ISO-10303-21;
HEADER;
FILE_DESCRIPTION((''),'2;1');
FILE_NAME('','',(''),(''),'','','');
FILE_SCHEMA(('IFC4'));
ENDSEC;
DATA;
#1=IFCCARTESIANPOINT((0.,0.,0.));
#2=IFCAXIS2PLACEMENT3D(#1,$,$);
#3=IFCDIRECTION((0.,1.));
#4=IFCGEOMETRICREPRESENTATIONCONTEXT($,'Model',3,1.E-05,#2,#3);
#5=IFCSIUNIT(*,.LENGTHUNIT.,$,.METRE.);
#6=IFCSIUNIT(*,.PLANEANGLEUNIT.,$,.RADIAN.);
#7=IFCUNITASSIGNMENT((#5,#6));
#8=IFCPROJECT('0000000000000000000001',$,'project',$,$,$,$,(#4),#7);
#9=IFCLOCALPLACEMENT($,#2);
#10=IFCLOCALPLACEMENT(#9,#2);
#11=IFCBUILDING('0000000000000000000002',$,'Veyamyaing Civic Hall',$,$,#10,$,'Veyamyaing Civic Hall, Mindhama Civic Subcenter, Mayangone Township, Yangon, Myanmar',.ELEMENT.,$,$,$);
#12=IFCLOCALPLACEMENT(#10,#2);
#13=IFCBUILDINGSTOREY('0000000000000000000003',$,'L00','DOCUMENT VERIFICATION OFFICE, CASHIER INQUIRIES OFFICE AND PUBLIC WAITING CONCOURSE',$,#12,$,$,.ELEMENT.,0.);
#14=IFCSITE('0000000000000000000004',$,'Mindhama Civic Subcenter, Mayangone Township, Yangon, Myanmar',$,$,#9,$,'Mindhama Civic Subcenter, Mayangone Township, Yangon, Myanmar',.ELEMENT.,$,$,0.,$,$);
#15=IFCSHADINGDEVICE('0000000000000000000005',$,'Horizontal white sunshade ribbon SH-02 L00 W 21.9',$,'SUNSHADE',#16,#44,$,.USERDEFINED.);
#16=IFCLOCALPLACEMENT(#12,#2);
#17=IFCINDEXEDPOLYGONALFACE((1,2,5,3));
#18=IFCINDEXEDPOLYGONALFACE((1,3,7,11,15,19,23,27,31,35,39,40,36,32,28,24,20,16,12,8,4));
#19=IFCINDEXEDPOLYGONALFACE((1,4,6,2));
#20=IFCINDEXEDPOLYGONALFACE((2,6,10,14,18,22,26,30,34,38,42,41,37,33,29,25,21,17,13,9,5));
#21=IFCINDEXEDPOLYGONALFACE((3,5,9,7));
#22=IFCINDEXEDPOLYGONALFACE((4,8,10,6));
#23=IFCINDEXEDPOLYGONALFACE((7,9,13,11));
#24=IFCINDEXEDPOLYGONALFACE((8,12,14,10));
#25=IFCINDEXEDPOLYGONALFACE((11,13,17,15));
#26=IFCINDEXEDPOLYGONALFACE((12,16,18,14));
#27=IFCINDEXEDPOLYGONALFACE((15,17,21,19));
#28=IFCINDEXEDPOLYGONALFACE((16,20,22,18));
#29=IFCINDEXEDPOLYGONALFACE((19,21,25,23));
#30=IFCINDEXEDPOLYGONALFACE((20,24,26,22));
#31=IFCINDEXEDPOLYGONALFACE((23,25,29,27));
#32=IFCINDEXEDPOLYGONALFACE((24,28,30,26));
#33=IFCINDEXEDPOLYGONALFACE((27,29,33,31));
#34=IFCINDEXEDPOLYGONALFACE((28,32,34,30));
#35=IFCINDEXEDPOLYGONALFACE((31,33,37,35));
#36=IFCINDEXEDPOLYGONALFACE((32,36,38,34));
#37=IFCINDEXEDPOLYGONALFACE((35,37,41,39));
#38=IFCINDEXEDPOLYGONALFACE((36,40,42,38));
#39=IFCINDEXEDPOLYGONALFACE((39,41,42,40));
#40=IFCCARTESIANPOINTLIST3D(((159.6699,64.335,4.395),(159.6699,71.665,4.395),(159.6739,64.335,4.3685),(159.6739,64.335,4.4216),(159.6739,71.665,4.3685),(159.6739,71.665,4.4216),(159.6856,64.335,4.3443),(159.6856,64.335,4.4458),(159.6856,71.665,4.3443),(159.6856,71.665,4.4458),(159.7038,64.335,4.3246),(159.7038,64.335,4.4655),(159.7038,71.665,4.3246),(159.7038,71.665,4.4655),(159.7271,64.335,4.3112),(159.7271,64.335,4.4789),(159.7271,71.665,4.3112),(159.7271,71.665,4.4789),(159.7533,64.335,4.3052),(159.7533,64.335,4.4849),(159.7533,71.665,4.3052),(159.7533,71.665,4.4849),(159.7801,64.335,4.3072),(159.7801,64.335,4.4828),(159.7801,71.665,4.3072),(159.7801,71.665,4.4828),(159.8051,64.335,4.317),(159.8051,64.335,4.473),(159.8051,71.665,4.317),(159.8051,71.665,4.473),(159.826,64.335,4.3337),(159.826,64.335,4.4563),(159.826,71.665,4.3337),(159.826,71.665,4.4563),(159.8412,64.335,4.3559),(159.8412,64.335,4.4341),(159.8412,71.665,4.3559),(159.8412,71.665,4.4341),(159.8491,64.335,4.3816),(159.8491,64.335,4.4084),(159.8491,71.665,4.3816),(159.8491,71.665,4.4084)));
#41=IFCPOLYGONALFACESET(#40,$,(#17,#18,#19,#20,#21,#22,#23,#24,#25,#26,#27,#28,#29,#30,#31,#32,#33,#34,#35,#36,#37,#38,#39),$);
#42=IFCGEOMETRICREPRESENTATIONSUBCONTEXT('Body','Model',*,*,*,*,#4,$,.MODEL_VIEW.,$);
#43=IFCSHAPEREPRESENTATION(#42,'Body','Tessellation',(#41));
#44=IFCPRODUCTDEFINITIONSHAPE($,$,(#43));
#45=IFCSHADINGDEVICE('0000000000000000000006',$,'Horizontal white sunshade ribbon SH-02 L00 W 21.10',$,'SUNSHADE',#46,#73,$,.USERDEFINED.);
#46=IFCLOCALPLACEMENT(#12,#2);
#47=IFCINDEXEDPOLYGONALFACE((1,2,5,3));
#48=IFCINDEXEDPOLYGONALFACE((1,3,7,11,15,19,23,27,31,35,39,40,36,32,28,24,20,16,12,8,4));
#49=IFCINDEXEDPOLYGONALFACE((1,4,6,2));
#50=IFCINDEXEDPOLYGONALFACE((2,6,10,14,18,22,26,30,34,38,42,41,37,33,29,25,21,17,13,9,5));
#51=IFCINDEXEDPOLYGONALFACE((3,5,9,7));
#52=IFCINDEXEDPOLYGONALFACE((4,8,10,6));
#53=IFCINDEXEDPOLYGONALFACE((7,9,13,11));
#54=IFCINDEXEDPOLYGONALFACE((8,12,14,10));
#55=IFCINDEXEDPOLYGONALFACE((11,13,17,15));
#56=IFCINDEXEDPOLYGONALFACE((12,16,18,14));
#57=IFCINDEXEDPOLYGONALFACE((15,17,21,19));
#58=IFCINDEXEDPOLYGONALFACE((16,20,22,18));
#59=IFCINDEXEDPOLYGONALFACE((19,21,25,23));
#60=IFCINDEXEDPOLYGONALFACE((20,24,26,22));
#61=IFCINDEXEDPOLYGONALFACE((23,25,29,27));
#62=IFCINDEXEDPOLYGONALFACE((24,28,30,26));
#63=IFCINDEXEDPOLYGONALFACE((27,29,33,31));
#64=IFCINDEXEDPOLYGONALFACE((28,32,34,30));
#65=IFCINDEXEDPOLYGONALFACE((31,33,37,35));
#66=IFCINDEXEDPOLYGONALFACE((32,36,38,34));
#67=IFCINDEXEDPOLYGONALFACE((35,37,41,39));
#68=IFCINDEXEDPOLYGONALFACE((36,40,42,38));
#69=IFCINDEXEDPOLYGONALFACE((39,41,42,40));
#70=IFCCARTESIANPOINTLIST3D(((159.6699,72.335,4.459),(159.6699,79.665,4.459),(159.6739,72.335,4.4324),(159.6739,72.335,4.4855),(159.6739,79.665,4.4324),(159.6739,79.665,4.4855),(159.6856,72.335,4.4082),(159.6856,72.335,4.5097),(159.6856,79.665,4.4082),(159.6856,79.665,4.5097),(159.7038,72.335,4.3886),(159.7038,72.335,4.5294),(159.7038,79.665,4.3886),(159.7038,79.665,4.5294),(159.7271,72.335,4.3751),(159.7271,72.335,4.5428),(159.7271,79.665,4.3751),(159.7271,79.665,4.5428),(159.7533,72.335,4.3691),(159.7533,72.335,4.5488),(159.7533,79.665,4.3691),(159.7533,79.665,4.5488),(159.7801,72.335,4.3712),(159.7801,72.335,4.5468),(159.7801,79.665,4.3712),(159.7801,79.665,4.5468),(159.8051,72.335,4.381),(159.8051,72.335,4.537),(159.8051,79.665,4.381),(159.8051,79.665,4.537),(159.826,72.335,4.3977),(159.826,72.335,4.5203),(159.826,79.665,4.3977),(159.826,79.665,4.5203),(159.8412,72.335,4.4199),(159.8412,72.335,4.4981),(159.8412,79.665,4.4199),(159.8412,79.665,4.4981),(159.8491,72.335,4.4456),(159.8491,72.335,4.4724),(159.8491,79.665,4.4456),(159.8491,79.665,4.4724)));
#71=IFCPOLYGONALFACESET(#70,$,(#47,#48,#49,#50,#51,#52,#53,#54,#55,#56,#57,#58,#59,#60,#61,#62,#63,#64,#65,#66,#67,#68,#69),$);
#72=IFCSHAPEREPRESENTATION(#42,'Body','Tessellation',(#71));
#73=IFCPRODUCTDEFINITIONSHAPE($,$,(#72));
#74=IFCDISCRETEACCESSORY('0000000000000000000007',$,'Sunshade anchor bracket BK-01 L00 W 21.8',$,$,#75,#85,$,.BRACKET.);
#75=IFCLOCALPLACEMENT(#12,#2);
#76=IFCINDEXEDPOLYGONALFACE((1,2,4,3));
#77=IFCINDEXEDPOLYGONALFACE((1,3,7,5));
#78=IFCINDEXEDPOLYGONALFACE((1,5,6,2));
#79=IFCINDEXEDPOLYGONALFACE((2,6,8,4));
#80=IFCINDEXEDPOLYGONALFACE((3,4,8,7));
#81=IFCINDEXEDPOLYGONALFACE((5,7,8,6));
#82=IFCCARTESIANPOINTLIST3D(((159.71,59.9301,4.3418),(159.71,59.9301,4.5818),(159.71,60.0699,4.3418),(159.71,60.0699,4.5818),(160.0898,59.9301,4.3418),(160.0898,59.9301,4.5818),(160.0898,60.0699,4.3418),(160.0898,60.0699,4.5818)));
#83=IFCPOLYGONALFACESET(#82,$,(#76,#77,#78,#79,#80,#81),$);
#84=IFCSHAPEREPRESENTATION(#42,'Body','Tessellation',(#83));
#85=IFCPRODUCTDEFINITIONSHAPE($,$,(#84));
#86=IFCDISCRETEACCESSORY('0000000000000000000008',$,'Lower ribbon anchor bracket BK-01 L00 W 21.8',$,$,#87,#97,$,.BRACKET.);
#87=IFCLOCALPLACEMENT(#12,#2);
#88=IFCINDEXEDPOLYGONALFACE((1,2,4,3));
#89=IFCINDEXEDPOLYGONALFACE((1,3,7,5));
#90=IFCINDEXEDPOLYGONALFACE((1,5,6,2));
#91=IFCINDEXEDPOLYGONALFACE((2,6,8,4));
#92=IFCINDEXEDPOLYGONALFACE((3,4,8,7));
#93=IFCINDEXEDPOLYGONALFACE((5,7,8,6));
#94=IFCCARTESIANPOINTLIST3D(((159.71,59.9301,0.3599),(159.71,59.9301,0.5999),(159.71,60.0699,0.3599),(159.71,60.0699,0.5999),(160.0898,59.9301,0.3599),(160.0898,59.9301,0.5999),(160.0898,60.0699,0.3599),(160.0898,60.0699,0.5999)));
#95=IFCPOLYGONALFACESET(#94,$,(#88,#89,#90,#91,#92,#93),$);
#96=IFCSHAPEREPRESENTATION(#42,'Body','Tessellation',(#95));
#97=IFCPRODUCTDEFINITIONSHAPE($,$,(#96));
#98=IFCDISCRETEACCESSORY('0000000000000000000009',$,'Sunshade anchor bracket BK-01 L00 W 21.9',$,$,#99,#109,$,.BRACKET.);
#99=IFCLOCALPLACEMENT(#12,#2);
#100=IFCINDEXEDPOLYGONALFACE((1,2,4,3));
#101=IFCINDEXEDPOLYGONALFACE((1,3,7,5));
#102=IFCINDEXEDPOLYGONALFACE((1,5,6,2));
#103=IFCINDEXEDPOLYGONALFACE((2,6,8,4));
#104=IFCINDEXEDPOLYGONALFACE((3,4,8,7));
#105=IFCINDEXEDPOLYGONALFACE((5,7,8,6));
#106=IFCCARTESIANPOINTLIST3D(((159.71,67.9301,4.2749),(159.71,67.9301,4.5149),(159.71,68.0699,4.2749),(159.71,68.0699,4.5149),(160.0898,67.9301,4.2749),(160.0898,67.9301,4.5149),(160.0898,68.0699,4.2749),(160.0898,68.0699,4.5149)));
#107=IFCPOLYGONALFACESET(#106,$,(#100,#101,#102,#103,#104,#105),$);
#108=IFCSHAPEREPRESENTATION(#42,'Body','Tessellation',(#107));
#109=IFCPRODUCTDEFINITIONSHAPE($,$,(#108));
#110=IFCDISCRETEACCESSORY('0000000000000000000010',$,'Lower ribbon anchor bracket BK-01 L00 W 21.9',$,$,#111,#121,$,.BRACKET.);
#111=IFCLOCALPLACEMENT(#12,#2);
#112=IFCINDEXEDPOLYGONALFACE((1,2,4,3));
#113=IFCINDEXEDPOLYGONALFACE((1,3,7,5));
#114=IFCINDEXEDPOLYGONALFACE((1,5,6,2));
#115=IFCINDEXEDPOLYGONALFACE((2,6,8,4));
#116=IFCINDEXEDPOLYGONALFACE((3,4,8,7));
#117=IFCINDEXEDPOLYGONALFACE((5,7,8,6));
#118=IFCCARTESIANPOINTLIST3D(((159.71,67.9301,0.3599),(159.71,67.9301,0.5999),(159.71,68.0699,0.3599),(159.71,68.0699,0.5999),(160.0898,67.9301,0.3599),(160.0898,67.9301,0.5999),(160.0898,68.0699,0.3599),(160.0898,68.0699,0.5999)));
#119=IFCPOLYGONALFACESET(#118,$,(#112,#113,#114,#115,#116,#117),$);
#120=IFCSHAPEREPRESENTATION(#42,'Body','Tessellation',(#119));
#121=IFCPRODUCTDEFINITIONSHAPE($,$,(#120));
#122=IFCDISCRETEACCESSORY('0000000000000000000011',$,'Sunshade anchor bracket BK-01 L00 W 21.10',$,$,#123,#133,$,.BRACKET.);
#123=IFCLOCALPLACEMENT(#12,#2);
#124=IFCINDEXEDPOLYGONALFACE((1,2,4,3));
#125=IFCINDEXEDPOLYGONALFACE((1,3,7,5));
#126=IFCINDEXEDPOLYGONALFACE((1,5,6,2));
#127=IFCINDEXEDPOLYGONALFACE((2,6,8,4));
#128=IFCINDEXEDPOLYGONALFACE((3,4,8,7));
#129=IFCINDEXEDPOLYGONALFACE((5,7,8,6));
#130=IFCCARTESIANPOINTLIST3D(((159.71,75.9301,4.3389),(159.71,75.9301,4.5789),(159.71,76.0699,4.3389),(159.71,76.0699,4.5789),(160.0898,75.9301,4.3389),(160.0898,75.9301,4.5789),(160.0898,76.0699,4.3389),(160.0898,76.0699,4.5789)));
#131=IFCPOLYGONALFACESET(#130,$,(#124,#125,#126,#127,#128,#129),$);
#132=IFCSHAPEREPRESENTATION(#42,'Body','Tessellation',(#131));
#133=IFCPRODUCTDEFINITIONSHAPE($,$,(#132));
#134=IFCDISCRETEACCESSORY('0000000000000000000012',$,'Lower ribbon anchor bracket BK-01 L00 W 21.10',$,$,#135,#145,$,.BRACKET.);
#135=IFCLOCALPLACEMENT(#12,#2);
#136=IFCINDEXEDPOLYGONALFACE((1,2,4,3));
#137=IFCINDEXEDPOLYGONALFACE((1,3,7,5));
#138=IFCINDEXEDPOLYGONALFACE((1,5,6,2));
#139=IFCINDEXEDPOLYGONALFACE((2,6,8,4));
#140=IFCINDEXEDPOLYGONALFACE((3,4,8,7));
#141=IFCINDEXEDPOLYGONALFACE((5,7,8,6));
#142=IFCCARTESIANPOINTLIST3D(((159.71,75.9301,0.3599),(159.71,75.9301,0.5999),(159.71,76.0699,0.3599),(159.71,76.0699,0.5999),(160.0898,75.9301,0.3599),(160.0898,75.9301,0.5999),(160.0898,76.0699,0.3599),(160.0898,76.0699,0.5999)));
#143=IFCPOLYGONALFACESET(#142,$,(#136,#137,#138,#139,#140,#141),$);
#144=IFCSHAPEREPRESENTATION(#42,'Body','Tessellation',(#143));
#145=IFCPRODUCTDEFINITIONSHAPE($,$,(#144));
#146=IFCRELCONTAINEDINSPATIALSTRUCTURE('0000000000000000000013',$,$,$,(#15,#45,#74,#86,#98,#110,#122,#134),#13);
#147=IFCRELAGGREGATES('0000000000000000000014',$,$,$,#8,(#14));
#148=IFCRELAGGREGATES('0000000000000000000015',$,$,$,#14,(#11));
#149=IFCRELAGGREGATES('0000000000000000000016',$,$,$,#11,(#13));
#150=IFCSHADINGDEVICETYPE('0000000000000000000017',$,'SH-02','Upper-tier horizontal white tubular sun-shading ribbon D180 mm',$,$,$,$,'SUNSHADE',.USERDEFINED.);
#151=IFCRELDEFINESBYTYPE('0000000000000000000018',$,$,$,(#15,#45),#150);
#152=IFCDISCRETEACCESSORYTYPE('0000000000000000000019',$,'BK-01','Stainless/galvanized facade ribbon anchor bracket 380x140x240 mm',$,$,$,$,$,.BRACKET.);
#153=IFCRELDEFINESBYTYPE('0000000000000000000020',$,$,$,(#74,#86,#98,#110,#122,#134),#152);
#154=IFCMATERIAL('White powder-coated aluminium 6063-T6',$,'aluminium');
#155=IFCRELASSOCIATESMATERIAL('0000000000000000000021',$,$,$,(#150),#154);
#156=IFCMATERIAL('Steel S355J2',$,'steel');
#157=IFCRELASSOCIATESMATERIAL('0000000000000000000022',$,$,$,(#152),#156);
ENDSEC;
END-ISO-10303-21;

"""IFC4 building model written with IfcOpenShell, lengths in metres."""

from ifc_helpers import new_model, si_unit, direction, frame, origin, origin_2d, place, context, subcontext, project, spatial, rectangle, circle, extrude, material, material_profile, profile_set, type_object, element, save


model = new_model("IFC4")

# Units and contexts
model_context = context("Model", 3, precision=1e-05, world=origin(), true_north=direction((0.0, 1.0)))
body_context = subcontext(model_context, "Body", "Model", "MODEL_VIEW")
ifc_project = project(units=[si_unit("LENGTHUNIT", "METRE"), si_unit("PLANEANGLEUNIT", "RADIAN")], contexts=[model_context])

# Site, building, storey
site_placement = place(None, origin())
site = spatial("IfcSite", under=ifc_project, at=site_placement, Name="Mindhama Civic Subcenter, Mayangone Township, Yangon, Myanmar", LongName="Mindhama Civic Subcenter, Mayangone Township, Yangon, Myanmar", CompositionType="ELEMENT", RefElevation=0.0)
building_placement = place(site_placement, origin())
building = spatial("IfcBuilding", under=site, at=building_placement, Name="Veyamyaing Civic Hall", LongName="Veyamyaing Civic Hall, Mindhama Civic Subcenter, Mayangone Township, Yangon, Myanmar", CompositionType="ELEMENT")
storey_placement = place(building_placement, origin())
storey = spatial("IfcBuildingStorey", under=building, at=storey_placement, Name="L00", Description="DOCUMENT VERIFICATION OFFICE, CASHIER INQUIRIES OFFICE AND PUBLIC WAITING CONCOURSE", CompositionType="ELEMENT", Elevation=0.0)

# Shared definitions
ifc_material_1 = material(Name="White powder-coated aluminium 6063-T6", Category="aluminium")

# Shading devices
ifc_material_profile_1 = material_profile(ifc_material_1, circle(Radius=0.0901, at=origin_2d()), Name="SHADE-TUBE-180")
ifc_profile_set_1 = profile_set([ifc_material_profile_1], Name="White powder-coated aluminium 6063-T6")
shading_device_type = type_object("IfcShadingDeviceType", Name="SH-02", Description="Upper-tier horizontal white tubular sun-shading ribbon D180 mm", ElementType="SUNSHADE", PredefinedType="USERDEFINED", material=ifc_profile_set_1)
for number, where, z_axis, x_axis, name in (
    (1, (159.76, 64.335, 4.395), (0.0, 1.0, 0.0), (-1.0, 0.0, 0.0), "Horizontal white sunshade ribbon SH-02 L00 W 21.9"),
    (2, (159.76, 72.335, 4.459), (0.0, 1.0, 0.0), (-1.0, 0.0, 0.0), "Horizontal white sunshade ribbon SH-02 L00 W 21.10"),
):
    element("IfcShadingDevice", number, at=place(storey_placement, frame(where, z_axis=z_axis, x_axis=x_axis)), inside=storey, type_object=shading_device_type, Name=name, ObjectType="SUNSHADE", PredefinedType="USERDEFINED", context=body_context, shape_type="SweptSolid", body=[
        extrude(circle(Radius=0.0901, at=origin_2d()), origin(), (0.0, 0.0, 1.0), 7.3301),
    ])

# Discrete accessories
ifc_material_2 = material(Name="Steel S355J2", Category="steel")
discrete_accessory_type = type_object("IfcDiscreteAccessoryType", Name="BK-01", Description="Stainless/galvanized facade ribbon anchor bracket 380x140x240 mm", PredefinedType="BRACKET", material=ifc_material_2)
for number, where, z_axis, x_axis, name in (
    (3, (159.8999, 60.0, 4.3418), (0.0, 0.0, 1.0), (-1.0, 0.0, 0.0), "Sunshade anchor bracket BK-01 L00 W 21.8"),
    (4, (159.8999, 60.0, 0.3599), (0.0, 0.0, 1.0), (-1.0, 0.0, 0.0), "Lower ribbon anchor bracket BK-01 L00 W 21.8"),
    (5, (159.8999, 68.0, 4.2749), (0.0, 0.0, 1.0), (-1.0, 0.0, 0.0), "Sunshade anchor bracket BK-01 L00 W 21.9"),
    (6, (159.8999, 68.0, 0.3599), (0.0, 0.0, 1.0), (-1.0, 0.0, 0.0), "Lower ribbon anchor bracket BK-01 L00 W 21.9"),
    (7, (159.8999, 76.0, 4.3389), (0.0, 0.0, 1.0), (-1.0, 0.0, 0.0), "Sunshade anchor bracket BK-01 L00 W 21.10"),
    (8, (159.8999, 76.0, 0.3599), (0.0, 0.0, 1.0), (-1.0, 0.0, 0.0), "Lower ribbon anchor bracket BK-01 L00 W 21.10"),
):
    element("IfcDiscreteAccessory", number, at=place(storey_placement, frame(where, z_axis=z_axis, x_axis=x_axis)), inside=storey, type_object=discrete_accessory_type, Name=name, PredefinedType="BRACKET", context=body_context, shape_type="SweptSolid", body=[
        extrude(rectangle(XDim=0.3799, YDim=0.1399, at=origin_2d()), origin(), (0.0, 0.0, 1.0), 0.24),
    ])

save(model, "model.ifc")
